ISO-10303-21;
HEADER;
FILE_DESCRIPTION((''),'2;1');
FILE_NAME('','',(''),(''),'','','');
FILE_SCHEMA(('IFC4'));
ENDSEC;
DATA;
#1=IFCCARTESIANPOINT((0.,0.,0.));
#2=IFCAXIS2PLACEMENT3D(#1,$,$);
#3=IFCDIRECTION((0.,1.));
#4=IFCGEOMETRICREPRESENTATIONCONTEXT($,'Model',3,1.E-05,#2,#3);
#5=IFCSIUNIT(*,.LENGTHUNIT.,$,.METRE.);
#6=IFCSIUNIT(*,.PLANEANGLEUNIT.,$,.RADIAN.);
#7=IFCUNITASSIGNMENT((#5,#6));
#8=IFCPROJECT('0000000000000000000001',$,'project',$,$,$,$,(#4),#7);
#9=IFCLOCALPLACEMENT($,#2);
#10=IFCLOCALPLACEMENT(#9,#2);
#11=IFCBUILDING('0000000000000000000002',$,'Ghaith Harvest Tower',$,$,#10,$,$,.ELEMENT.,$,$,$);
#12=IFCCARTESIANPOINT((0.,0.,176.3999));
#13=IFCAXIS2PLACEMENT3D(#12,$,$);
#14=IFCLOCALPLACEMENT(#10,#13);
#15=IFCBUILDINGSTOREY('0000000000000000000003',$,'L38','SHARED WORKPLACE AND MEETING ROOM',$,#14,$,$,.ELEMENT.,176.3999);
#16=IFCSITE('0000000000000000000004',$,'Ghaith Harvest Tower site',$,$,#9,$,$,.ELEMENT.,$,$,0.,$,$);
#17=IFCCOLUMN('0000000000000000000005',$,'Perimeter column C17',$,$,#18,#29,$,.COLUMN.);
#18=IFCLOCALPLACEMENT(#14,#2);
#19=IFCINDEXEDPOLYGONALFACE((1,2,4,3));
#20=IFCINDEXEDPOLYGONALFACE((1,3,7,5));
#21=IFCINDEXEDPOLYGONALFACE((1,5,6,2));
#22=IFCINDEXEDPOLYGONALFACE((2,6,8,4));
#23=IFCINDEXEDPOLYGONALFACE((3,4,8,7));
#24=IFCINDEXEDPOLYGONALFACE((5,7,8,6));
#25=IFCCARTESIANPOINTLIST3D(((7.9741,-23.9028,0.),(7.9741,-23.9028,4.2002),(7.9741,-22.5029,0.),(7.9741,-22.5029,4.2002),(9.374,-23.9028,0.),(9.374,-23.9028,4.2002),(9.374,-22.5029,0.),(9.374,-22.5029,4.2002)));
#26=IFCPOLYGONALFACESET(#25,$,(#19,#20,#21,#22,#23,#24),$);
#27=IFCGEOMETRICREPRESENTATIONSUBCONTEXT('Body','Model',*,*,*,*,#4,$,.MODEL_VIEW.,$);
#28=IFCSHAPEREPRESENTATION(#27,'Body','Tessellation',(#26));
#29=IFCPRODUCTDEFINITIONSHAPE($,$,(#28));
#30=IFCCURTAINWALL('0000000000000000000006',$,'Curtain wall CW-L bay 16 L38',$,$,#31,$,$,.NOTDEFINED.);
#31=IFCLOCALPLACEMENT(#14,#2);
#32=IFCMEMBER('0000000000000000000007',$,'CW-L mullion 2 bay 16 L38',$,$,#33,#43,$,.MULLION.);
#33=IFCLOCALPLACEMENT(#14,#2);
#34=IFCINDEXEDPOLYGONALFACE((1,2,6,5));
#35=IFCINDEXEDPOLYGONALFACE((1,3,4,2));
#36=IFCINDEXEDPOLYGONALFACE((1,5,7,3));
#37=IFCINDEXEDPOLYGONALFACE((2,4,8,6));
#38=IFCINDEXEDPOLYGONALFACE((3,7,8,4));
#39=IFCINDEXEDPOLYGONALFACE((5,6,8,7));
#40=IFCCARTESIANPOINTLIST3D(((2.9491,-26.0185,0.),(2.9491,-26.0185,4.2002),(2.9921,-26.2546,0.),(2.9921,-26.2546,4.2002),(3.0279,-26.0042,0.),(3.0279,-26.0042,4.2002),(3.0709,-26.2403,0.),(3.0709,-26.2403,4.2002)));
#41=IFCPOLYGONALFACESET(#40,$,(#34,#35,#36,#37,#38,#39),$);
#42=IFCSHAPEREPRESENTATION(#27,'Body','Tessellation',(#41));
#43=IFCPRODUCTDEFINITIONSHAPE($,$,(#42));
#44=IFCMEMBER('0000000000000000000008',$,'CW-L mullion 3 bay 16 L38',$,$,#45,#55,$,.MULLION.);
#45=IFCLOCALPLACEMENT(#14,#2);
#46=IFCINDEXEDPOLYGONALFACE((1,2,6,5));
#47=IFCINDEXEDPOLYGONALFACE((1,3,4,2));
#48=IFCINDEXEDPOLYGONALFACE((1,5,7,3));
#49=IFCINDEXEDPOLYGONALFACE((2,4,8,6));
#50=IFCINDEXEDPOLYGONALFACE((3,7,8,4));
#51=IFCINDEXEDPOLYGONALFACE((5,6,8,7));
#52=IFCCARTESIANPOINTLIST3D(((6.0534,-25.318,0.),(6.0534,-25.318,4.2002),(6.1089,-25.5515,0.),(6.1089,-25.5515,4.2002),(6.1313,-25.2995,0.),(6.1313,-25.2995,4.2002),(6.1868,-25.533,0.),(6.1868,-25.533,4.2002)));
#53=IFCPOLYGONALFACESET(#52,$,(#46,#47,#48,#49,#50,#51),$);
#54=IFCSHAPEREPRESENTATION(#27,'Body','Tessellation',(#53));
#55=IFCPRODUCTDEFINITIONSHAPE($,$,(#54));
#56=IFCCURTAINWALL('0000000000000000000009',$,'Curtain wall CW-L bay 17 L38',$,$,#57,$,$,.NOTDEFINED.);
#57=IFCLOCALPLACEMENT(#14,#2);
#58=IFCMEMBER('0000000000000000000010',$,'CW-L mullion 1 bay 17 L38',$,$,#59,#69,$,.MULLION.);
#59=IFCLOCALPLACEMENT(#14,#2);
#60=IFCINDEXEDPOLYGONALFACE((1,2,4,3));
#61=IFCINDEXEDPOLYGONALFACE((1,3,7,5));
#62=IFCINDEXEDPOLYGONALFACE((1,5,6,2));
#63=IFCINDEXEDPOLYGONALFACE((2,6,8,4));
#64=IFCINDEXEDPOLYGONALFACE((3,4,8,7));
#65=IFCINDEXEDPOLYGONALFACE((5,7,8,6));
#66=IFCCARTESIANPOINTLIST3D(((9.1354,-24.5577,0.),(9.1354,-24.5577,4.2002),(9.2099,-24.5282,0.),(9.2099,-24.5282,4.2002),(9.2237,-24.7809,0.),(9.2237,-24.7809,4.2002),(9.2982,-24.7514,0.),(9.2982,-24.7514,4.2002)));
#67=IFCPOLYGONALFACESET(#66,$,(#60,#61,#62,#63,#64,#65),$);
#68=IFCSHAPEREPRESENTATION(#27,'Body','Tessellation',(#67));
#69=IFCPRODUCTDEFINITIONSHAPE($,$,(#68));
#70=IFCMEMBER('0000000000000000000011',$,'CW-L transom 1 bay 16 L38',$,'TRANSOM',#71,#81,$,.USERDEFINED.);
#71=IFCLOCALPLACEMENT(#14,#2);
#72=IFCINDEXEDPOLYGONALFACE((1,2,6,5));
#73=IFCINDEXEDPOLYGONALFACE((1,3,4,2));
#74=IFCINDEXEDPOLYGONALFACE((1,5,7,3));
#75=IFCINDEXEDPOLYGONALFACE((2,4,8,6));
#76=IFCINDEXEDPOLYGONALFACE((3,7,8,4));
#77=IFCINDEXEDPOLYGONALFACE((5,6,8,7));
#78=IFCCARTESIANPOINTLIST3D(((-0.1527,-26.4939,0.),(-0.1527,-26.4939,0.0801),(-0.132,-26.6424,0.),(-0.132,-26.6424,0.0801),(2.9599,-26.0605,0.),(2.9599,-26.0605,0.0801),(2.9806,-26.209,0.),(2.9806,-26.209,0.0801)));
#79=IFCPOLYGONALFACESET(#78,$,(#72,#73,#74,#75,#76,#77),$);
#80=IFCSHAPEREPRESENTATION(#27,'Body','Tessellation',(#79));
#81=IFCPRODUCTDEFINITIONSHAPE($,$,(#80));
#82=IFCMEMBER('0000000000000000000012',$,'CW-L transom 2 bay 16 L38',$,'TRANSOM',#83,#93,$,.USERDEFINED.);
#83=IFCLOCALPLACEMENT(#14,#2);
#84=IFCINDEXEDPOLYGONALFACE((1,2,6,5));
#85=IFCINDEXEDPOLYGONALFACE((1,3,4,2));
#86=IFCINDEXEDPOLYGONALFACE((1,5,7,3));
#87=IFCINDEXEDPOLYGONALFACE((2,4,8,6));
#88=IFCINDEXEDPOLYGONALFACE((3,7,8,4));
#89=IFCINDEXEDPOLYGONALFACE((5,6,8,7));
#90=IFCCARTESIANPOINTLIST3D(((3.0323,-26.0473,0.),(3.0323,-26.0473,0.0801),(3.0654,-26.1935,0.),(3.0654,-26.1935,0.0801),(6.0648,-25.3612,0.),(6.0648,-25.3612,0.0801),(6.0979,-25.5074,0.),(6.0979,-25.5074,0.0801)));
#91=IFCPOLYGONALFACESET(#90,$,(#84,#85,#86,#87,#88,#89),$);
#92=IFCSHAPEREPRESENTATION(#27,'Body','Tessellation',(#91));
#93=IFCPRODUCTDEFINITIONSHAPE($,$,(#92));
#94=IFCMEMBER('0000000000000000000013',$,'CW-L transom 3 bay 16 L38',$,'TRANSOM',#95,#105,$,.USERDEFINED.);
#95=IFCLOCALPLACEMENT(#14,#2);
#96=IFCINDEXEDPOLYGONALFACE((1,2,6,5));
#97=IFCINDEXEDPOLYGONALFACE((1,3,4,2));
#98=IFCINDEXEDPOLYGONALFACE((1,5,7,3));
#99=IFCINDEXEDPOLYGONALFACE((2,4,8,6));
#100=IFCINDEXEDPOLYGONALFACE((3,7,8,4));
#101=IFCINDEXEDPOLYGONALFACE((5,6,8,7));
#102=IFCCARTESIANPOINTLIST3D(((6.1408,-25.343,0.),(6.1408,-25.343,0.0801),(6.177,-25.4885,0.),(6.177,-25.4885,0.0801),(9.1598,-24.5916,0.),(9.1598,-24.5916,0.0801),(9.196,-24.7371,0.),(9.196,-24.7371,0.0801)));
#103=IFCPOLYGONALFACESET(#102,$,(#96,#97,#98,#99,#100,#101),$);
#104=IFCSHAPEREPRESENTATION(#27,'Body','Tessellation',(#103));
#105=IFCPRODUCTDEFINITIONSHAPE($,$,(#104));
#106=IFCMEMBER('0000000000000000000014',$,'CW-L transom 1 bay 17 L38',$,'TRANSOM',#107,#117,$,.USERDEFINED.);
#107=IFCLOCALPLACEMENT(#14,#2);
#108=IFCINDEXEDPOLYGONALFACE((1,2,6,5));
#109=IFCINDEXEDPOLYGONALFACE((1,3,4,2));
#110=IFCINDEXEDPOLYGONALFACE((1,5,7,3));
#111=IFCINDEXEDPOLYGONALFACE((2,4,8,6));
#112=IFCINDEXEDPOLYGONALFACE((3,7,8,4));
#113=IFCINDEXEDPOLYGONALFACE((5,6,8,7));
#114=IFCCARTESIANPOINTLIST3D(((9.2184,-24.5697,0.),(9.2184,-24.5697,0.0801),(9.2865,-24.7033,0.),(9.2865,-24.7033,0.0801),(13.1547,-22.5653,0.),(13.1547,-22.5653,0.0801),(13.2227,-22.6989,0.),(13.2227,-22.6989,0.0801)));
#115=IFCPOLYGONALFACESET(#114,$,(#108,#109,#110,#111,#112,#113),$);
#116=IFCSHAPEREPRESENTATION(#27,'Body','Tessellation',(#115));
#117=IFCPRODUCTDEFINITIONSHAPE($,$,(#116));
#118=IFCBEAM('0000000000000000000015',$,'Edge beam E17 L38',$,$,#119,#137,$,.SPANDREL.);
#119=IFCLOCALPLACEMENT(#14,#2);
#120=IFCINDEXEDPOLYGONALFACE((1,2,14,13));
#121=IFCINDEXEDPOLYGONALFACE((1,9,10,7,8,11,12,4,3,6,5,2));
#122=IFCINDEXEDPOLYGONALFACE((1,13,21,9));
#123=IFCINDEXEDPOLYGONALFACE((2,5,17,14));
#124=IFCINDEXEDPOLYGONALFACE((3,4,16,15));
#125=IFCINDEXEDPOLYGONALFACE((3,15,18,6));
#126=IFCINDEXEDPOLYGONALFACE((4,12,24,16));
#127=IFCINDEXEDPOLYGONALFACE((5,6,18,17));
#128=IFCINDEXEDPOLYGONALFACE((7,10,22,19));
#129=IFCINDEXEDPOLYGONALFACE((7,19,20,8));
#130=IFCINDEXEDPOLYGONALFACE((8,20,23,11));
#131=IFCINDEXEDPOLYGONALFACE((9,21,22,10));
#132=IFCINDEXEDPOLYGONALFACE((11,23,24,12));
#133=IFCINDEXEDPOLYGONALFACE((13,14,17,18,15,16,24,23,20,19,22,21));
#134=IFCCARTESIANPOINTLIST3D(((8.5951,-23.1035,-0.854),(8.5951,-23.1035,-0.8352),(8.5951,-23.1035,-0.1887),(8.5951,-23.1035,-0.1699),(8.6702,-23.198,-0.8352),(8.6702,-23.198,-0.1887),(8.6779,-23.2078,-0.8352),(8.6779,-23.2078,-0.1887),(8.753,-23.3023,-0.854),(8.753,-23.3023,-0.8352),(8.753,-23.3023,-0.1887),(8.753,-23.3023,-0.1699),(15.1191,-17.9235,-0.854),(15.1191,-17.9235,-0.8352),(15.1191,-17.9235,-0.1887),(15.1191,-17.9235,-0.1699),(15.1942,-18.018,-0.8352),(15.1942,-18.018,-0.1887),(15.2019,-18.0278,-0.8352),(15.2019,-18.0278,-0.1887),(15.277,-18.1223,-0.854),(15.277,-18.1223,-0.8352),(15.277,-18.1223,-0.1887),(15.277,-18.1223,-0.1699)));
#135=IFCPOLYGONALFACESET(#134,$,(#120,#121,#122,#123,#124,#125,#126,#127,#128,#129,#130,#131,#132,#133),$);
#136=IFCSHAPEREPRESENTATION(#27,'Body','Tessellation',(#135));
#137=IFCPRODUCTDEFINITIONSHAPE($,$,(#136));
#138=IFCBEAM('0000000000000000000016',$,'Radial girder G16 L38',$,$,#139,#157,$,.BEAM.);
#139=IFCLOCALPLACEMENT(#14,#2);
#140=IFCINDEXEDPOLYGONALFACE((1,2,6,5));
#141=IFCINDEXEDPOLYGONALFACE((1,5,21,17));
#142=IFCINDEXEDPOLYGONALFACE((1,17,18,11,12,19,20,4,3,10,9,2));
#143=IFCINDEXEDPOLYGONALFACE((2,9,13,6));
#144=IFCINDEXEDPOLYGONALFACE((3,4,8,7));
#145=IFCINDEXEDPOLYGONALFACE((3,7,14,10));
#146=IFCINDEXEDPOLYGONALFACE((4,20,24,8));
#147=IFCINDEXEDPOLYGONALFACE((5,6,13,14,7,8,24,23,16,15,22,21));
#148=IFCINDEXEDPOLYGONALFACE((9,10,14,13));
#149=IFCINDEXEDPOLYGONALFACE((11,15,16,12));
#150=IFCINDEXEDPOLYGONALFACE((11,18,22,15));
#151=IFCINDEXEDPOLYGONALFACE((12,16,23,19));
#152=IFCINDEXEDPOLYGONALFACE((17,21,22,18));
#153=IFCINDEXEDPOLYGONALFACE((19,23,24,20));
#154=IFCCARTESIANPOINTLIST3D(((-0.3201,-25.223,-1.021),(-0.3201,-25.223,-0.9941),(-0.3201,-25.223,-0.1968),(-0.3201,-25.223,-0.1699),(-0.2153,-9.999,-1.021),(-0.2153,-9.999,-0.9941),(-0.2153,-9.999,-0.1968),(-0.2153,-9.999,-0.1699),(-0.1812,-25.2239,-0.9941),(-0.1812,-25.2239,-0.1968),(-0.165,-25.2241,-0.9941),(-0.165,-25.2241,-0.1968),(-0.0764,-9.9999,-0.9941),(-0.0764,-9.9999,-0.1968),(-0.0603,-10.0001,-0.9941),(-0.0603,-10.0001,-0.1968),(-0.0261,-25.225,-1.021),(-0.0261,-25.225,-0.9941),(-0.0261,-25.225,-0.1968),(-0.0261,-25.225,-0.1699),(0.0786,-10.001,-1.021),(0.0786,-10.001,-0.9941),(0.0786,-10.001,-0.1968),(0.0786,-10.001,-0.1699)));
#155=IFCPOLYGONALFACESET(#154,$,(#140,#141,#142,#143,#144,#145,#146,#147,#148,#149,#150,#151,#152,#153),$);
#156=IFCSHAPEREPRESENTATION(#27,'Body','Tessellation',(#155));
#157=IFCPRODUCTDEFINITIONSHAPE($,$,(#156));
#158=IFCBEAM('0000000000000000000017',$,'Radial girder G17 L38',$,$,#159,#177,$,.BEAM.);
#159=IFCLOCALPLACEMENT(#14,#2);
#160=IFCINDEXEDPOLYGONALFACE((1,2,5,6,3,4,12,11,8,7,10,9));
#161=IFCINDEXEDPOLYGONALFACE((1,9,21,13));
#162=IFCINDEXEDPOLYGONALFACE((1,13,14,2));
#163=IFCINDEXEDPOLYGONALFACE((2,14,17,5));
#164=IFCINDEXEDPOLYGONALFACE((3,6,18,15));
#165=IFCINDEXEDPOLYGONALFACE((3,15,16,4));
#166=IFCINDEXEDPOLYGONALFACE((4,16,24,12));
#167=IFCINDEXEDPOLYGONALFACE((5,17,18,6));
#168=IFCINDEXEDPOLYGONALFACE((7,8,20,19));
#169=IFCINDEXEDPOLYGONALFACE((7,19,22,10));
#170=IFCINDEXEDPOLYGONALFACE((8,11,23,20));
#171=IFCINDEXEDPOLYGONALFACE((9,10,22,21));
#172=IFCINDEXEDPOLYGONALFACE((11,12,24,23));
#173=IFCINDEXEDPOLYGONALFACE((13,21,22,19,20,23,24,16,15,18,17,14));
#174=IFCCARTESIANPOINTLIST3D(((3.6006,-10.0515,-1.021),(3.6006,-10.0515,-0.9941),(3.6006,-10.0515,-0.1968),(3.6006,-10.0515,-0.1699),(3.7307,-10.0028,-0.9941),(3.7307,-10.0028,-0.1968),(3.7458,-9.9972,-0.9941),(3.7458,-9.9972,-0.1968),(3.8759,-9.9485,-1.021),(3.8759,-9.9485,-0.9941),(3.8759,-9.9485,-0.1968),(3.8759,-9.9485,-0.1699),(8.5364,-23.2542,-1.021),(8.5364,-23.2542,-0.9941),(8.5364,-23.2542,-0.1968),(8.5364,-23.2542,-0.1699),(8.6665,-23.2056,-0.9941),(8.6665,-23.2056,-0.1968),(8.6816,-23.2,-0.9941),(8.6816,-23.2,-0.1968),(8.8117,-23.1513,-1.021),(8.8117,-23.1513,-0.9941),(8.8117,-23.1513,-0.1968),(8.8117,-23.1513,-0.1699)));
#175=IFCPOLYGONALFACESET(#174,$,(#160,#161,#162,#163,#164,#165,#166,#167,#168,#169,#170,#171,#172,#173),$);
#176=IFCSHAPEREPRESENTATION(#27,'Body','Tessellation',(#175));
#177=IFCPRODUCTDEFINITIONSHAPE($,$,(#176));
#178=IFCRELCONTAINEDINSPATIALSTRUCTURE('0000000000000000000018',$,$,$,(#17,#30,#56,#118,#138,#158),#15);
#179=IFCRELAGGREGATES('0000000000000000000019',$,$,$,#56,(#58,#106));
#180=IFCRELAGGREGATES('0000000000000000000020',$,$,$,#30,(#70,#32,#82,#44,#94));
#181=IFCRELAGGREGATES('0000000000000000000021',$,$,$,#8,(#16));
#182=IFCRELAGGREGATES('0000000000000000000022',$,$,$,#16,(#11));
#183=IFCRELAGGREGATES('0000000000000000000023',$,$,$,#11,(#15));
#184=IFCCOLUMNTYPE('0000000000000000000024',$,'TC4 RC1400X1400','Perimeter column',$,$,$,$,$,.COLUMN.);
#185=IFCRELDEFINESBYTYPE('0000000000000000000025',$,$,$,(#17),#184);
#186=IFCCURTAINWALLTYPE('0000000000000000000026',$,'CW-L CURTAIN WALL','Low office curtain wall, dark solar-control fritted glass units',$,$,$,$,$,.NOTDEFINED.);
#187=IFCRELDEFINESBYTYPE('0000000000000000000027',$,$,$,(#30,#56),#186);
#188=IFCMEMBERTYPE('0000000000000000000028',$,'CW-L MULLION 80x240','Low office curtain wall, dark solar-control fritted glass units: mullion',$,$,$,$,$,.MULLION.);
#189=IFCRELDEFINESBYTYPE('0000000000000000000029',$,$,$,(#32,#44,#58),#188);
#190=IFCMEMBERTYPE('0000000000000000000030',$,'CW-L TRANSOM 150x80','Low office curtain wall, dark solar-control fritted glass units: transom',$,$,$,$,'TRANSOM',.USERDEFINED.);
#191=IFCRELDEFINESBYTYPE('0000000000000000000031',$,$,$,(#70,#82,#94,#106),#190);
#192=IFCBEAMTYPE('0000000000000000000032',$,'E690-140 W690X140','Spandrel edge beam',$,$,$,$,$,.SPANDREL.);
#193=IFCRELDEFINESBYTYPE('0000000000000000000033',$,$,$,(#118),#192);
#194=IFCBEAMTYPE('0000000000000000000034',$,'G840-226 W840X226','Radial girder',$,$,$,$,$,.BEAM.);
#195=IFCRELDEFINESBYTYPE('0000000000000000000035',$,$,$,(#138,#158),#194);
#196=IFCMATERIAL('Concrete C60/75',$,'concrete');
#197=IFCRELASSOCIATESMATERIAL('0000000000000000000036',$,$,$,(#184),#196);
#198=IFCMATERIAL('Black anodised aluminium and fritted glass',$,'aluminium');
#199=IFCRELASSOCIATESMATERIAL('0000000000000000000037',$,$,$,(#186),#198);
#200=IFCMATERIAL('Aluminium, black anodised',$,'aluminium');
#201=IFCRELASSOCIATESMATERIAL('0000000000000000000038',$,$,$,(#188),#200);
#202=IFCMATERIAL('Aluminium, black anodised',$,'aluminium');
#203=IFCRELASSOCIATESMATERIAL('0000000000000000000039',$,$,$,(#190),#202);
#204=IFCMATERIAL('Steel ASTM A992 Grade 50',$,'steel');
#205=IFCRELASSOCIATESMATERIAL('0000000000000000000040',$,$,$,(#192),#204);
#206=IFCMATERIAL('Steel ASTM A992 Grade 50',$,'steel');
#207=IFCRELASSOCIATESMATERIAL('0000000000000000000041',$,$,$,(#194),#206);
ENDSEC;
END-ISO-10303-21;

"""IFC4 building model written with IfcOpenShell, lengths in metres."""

from ifc_helpers import new_model, si_unit, direction, frame, origin, origin_2d, place, context, subcontext, project, spatial, rectangle, i_section, extrude, material, material_profile, profile_set, type_object, element, aggregate, save


model = new_model("IFC4")

# Units and contexts
model_context = context("Model", 3, precision=1e-05, world=origin(), true_north=direction((0.0, 1.0)))
body_context = subcontext(model_context, "Body", "Model", "MODEL_VIEW")
ifc_project = project(units=[si_unit("LENGTHUNIT", "METRE"), si_unit("PLANEANGLEUNIT", "RADIAN")], contexts=[model_context])

# Site, building, storey
site_placement = place(None, origin())
site = spatial("IfcSite", under=ifc_project, at=site_placement, Name="Ghaith Harvest Tower site", CompositionType="ELEMENT", RefElevation=0.0)
building_placement = place(site_placement, origin())
building = spatial("IfcBuilding", under=site, at=building_placement, Name="Ghaith Harvest Tower", CompositionType="ELEMENT")
storey_placement = place(building_placement, frame((0.0, 0.0, 176.3999)))
storey = spatial("IfcBuildingStorey", under=building, at=storey_placement, Name="L38", Description="SHARED WORKPLACE AND MEETING ROOM", CompositionType="ELEMENT", Elevation=176.3999)

# Column
ifc_material_1 = material(Name="Concrete C60/75", Category="concrete")
ifc_material_profile_1 = material_profile(ifc_material_1, rectangle(XDim=1.3999, YDim=1.3999, at=origin_2d()), Name="RC1400X1400")
ifc_profile_set_1 = profile_set([ifc_material_profile_1], Name="Concrete C60/75")
column_type = type_object("IfcColumnType", Name="TC4 RC1400X1400", Description="Perimeter column", PredefinedType="COLUMN", material=ifc_profile_set_1)
column_placement = place(storey_placement, frame((8.6741, -23.2029, 0.0), z_axis=(0.0, 0.0, 1.0), x_axis=(1.0, 0.0, 0.0)))
element("IfcColumn", 1, at=column_placement, inside=storey, type_object=column_type, Name="Perimeter column C17", PredefinedType="COLUMN", context=body_context, shape_type="SweptSolid", body=[
    extrude(rectangle(XDim=1.3999, YDim=1.3999, at=origin_2d()), origin(), (0.0, 0.0, 1.0), 4.2002),
])

# Curtain wall, members
ifc_material_2 = material(Name="Black anodised aluminium and fritted glass", Category="aluminium")
curtain_wall_type = type_object("IfcCurtainWallType", Name="CW-L CURTAIN WALL", Description="Low office curtain wall, dark solar-control fritted glass units", PredefinedType="NOTDEFINED", material=ifc_material_2)
curtain_wall_1_placement = place(storey_placement, origin())
curtain_wall_1 = element("IfcCurtainWall", 2, at=curtain_wall_1_placement, inside=storey, type_object=curtain_wall_type, Name="Curtain wall CW-L bay 16 L38", PredefinedType="NOTDEFINED")
ifc_material_3 = material(Name="Aluminium, black anodised", Category="aluminium")
ifc_material_profile_2 = material_profile(ifc_material_3, rectangle(XDim=0.0801, YDim=0.24, at=origin_2d()), Name="CW-L MULLION 80x240")
ifc_profile_set_2 = profile_set([ifc_material_profile_2], Name="Aluminium, black anodised")
member_type_1 = type_object("IfcMemberType", Name="CW-L MULLION 80x240", Description="Low office curtain wall, dark solar-control fritted glass units: mullion", PredefinedType="MULLION", material=ifc_profile_set_2)
member_1_placement = place(storey_placement, frame((3.01, -26.1294, 0.0), z_axis=(0.0, 0.0, 1.0), x_axis=(0.983806, 0.179235, 0.0)))
member_1 = element("IfcMember", 3, at=member_1_placement, type_object=member_type_1, Name="CW-L mullion 2 bay 16 L38", PredefinedType="MULLION", context=body_context, shape_type="SweptSolid", body=[
    extrude(rectangle(XDim=0.0801, YDim=0.24, at=origin_2d()), origin(), (0.0, 0.0, 1.0), 4.2002),
])
member_2_placement = place(storey_placement, frame((6.1201, -25.4255, 0.0), z_axis=(0.0, 0.0, 1.0), x_axis=(0.972918, 0.23115, 0.0)))
member_2 = element("IfcMember", 4, at=member_2_placement, type_object=member_type_1, Name="CW-L mullion 3 bay 16 L38", PredefinedType="MULLION", context=body_context, shape_type="SweptSolid", body=[
    extrude(rectangle(XDim=0.0801, YDim=0.24, at=origin_2d()), origin(), (0.0, 0.0, 1.0), 4.2002),
])

# Curtain wall, member
curtain_wall_2_placement = place(storey_placement, origin())
curtain_wall_2 = element("IfcCurtainWall", 5, at=curtain_wall_2_placement, inside=storey, type_object=curtain_wall_type, Name="Curtain wall CW-L bay 17 L38", PredefinedType="NOTDEFINED")
member_3_placement = place(storey_placement, frame((9.2168, -24.6545, 0.0), z_axis=(0.0, 0.0, 1.0), x_axis=(0.929832, 0.367985, 0.0)))
member_3 = element("IfcMember", 6, at=member_3_placement, type_object=member_type_1, Name="CW-L mullion 1 bay 17 L38", PredefinedType="MULLION", context=body_context, shape_type="SweptSolid", body=[
    extrude(rectangle(XDim=0.0801, YDim=0.24, at=origin_2d()), origin(), (0.0, 0.0, 1.0), 4.2002),
])

# Members
ifc_material_4 = material(Name="Aluminium, black anodised", Category="aluminium")
ifc_material_profile_3 = material_profile(ifc_material_4, rectangle(XDim=0.1499, YDim=0.0801, at=origin_2d()), Name="CW-L TRANSOM 150x80")
ifc_profile_set_3 = profile_set([ifc_material_profile_3], Name="Aluminium, black anodised")
member_type_2 = type_object("IfcMemberType", Name="CW-L TRANSOM 150x80", Description="Low office curtain wall, dark solar-control fritted glass units: transom", ElementType="TRANSOM", PredefinedType="USERDEFINED", material=ifc_profile_set_3)
member_4_placement = place(storey_placement, frame((-0.1423, -26.5681, 0.04), z_axis=(0.990447, 0.137897, 0.0), x_axis=(-0.137897, 0.990447, 0.0)))
member_4 = element("IfcMember", 7, at=member_4_placement, type_object=member_type_2, Name="CW-L transom 1 bay 16 L38", ObjectType="TRANSOM", PredefinedType="USERDEFINED", context=body_context, shape_type="SweptSolid", body=[
    extrude(rectangle(XDim=0.1499, YDim=0.0801, at=origin_2d()), origin(), (0.0, 0.0, 1.0), 3.1426),
])
member_5_placement = place(storey_placement, frame((3.0488, -26.1204, 0.04), z_axis=(0.975352, 0.220654, 0.0), x_axis=(-0.220654, 0.975352, 0.0)))
member_5 = element("IfcMember", 8, at=member_5_placement, type_object=member_type_2, Name="CW-L transom 2 bay 16 L38", ObjectType="TRANSOM", PredefinedType="USERDEFINED", context=body_context, shape_type="SweptSolid", body=[
    extrude(rectangle(XDim=0.1499, YDim=0.0801, at=origin_2d()), origin(), (0.0, 0.0, 1.0), 3.1091),
])
member_6_placement = place(storey_placement, frame((6.1589, -25.4158, 0.04), z_axis=(0.970391, 0.241538, 0.0), x_axis=(-0.241538, 0.970391, 0.0)))
member_6 = element("IfcMember", 9, at=member_6_placement, type_object=member_type_2, Name="CW-L transom 3 bay 16 L38", ObjectType="TRANSOM", PredefinedType="USERDEFINED", context=body_context, shape_type="SweptSolid", body=[
    extrude(rectangle(XDim=0.1499, YDim=0.0801, at=origin_2d()), origin(), (0.0, 0.0, 1.0), 3.1111),
])
member_7_placement = place(storey_placement, frame((9.2524, -24.6365, 0.04), z_axis=(0.89112, 0.453768, 0.0), x_axis=(-0.453768, 0.89112, 0.0)))
member_7 = element("IfcMember", 10, at=member_7_placement, type_object=member_type_2, Name="CW-L transom 1 bay 17 L38", ObjectType="TRANSOM", PredefinedType="USERDEFINED", context=body_context, shape_type="SweptSolid", body=[
    extrude(rectangle(XDim=0.1499, YDim=0.0801, at=origin_2d()), origin(), (0.0, 0.0, 1.0), 4.4172),
])
aggregate(curtain_wall_2, [member_3, member_7])

# Beams
ifc_material_5 = material(Name="Steel ASTM A992 Grade 50", Category="steel")
ifc_material_profile_4 = material_profile(ifc_material_5, i_section(OverallWidth=0.2539, OverallDepth=0.6841, WebThickness=0.0125, FlangeThickness=0.0188, at=origin_2d()), Name="W690X140")
ifc_profile_set_4 = profile_set([ifc_material_profile_4], Name="Steel ASTM A992 Grade 50")
beam_type_1 = type_object("IfcBeamType", Name="E690-140 W690X140", Description="Spandrel edge beam", PredefinedType="SPANDREL", material=ifc_profile_set_4)
beam_1_placement = place(storey_placement, frame((8.6741, -23.2029, -0.512), z_axis=(0.78316, 0.621821, 0.0), x_axis=(-0.621821, 0.78316, 0.0)))
element("IfcBeam", 11, at=beam_1_placement, inside=storey, type_object=beam_type_1, Name="Edge beam E17 L38", PredefinedType="SPANDREL", context=body_context, shape_type="SweptSolid", body=[
    extrude(i_section(OverallWidth=0.2539, OverallDepth=0.6841, WebThickness=0.0125, FlangeThickness=0.0188, at=origin_2d()), origin(), (0.0, 0.0, 1.0), 8.3303),
])
ifc_material_6 = material(Name="Steel ASTM A992 Grade 50", Category="steel")
ifc_material_profile_5 = material_profile(ifc_material_6, i_section(OverallWidth=0.2939, OverallDepth=0.8511, WebThickness=0.0161, FlangeThickness=0.0269, at=origin_2d()), Name="W840X226")
ifc_profile_set_5 = profile_set([ifc_material_profile_5], Name="Steel ASTM A992 Grade 50")
beam_type_2 = type_object("IfcBeamType", Name="G840-226 W840X226", Description="Radial girder", PredefinedType="BEAM", material=ifc_profile_set_5)
beam_2_placement = place(storey_placement, frame((-0.0684, -10.0, -0.5955), z_axis=(-0.006879, -0.999976, 0.0), x_axis=(0.999976, -0.006879, 0.0)))
element("IfcBeam", 12, at=beam_2_placement, inside=storey, type_object=beam_type_2, Name="Radial girder G16 L38", PredefinedType="BEAM", context=body_context, shape_type="SweptSolid", body=[
    extrude(i_section(OverallWidth=0.2939, OverallDepth=0.8511, WebThickness=0.0161, FlangeThickness=0.0269, at=origin_2d()), origin(), (0.0, 0.0, 1.0), 15.2244),
])
beam_3_placement = place(storey_placement, frame((3.7383, -10.0, -0.5955), z_axis=(0.350172, -0.936685, 0.0), x_axis=(0.936685, 0.350172, 0.0)))
element("IfcBeam", 13, at=beam_3_placement, inside=storey, type_object=beam_type_2, Name="Radial girder G17 L38", PredefinedType="BEAM", context=body_context, shape_type="SweptSolid", body=[
    extrude(i_section(OverallWidth=0.2939, OverallDepth=0.8511, WebThickness=0.0161, FlangeThickness=0.0269, at=origin_2d()), origin(), (0.0, 0.0, 1.0), 14.0952),
])

aggregate(curtain_wall_1, [member_4, member_1, member_5, member_2, member_6])

save(model, "model.ifc")
